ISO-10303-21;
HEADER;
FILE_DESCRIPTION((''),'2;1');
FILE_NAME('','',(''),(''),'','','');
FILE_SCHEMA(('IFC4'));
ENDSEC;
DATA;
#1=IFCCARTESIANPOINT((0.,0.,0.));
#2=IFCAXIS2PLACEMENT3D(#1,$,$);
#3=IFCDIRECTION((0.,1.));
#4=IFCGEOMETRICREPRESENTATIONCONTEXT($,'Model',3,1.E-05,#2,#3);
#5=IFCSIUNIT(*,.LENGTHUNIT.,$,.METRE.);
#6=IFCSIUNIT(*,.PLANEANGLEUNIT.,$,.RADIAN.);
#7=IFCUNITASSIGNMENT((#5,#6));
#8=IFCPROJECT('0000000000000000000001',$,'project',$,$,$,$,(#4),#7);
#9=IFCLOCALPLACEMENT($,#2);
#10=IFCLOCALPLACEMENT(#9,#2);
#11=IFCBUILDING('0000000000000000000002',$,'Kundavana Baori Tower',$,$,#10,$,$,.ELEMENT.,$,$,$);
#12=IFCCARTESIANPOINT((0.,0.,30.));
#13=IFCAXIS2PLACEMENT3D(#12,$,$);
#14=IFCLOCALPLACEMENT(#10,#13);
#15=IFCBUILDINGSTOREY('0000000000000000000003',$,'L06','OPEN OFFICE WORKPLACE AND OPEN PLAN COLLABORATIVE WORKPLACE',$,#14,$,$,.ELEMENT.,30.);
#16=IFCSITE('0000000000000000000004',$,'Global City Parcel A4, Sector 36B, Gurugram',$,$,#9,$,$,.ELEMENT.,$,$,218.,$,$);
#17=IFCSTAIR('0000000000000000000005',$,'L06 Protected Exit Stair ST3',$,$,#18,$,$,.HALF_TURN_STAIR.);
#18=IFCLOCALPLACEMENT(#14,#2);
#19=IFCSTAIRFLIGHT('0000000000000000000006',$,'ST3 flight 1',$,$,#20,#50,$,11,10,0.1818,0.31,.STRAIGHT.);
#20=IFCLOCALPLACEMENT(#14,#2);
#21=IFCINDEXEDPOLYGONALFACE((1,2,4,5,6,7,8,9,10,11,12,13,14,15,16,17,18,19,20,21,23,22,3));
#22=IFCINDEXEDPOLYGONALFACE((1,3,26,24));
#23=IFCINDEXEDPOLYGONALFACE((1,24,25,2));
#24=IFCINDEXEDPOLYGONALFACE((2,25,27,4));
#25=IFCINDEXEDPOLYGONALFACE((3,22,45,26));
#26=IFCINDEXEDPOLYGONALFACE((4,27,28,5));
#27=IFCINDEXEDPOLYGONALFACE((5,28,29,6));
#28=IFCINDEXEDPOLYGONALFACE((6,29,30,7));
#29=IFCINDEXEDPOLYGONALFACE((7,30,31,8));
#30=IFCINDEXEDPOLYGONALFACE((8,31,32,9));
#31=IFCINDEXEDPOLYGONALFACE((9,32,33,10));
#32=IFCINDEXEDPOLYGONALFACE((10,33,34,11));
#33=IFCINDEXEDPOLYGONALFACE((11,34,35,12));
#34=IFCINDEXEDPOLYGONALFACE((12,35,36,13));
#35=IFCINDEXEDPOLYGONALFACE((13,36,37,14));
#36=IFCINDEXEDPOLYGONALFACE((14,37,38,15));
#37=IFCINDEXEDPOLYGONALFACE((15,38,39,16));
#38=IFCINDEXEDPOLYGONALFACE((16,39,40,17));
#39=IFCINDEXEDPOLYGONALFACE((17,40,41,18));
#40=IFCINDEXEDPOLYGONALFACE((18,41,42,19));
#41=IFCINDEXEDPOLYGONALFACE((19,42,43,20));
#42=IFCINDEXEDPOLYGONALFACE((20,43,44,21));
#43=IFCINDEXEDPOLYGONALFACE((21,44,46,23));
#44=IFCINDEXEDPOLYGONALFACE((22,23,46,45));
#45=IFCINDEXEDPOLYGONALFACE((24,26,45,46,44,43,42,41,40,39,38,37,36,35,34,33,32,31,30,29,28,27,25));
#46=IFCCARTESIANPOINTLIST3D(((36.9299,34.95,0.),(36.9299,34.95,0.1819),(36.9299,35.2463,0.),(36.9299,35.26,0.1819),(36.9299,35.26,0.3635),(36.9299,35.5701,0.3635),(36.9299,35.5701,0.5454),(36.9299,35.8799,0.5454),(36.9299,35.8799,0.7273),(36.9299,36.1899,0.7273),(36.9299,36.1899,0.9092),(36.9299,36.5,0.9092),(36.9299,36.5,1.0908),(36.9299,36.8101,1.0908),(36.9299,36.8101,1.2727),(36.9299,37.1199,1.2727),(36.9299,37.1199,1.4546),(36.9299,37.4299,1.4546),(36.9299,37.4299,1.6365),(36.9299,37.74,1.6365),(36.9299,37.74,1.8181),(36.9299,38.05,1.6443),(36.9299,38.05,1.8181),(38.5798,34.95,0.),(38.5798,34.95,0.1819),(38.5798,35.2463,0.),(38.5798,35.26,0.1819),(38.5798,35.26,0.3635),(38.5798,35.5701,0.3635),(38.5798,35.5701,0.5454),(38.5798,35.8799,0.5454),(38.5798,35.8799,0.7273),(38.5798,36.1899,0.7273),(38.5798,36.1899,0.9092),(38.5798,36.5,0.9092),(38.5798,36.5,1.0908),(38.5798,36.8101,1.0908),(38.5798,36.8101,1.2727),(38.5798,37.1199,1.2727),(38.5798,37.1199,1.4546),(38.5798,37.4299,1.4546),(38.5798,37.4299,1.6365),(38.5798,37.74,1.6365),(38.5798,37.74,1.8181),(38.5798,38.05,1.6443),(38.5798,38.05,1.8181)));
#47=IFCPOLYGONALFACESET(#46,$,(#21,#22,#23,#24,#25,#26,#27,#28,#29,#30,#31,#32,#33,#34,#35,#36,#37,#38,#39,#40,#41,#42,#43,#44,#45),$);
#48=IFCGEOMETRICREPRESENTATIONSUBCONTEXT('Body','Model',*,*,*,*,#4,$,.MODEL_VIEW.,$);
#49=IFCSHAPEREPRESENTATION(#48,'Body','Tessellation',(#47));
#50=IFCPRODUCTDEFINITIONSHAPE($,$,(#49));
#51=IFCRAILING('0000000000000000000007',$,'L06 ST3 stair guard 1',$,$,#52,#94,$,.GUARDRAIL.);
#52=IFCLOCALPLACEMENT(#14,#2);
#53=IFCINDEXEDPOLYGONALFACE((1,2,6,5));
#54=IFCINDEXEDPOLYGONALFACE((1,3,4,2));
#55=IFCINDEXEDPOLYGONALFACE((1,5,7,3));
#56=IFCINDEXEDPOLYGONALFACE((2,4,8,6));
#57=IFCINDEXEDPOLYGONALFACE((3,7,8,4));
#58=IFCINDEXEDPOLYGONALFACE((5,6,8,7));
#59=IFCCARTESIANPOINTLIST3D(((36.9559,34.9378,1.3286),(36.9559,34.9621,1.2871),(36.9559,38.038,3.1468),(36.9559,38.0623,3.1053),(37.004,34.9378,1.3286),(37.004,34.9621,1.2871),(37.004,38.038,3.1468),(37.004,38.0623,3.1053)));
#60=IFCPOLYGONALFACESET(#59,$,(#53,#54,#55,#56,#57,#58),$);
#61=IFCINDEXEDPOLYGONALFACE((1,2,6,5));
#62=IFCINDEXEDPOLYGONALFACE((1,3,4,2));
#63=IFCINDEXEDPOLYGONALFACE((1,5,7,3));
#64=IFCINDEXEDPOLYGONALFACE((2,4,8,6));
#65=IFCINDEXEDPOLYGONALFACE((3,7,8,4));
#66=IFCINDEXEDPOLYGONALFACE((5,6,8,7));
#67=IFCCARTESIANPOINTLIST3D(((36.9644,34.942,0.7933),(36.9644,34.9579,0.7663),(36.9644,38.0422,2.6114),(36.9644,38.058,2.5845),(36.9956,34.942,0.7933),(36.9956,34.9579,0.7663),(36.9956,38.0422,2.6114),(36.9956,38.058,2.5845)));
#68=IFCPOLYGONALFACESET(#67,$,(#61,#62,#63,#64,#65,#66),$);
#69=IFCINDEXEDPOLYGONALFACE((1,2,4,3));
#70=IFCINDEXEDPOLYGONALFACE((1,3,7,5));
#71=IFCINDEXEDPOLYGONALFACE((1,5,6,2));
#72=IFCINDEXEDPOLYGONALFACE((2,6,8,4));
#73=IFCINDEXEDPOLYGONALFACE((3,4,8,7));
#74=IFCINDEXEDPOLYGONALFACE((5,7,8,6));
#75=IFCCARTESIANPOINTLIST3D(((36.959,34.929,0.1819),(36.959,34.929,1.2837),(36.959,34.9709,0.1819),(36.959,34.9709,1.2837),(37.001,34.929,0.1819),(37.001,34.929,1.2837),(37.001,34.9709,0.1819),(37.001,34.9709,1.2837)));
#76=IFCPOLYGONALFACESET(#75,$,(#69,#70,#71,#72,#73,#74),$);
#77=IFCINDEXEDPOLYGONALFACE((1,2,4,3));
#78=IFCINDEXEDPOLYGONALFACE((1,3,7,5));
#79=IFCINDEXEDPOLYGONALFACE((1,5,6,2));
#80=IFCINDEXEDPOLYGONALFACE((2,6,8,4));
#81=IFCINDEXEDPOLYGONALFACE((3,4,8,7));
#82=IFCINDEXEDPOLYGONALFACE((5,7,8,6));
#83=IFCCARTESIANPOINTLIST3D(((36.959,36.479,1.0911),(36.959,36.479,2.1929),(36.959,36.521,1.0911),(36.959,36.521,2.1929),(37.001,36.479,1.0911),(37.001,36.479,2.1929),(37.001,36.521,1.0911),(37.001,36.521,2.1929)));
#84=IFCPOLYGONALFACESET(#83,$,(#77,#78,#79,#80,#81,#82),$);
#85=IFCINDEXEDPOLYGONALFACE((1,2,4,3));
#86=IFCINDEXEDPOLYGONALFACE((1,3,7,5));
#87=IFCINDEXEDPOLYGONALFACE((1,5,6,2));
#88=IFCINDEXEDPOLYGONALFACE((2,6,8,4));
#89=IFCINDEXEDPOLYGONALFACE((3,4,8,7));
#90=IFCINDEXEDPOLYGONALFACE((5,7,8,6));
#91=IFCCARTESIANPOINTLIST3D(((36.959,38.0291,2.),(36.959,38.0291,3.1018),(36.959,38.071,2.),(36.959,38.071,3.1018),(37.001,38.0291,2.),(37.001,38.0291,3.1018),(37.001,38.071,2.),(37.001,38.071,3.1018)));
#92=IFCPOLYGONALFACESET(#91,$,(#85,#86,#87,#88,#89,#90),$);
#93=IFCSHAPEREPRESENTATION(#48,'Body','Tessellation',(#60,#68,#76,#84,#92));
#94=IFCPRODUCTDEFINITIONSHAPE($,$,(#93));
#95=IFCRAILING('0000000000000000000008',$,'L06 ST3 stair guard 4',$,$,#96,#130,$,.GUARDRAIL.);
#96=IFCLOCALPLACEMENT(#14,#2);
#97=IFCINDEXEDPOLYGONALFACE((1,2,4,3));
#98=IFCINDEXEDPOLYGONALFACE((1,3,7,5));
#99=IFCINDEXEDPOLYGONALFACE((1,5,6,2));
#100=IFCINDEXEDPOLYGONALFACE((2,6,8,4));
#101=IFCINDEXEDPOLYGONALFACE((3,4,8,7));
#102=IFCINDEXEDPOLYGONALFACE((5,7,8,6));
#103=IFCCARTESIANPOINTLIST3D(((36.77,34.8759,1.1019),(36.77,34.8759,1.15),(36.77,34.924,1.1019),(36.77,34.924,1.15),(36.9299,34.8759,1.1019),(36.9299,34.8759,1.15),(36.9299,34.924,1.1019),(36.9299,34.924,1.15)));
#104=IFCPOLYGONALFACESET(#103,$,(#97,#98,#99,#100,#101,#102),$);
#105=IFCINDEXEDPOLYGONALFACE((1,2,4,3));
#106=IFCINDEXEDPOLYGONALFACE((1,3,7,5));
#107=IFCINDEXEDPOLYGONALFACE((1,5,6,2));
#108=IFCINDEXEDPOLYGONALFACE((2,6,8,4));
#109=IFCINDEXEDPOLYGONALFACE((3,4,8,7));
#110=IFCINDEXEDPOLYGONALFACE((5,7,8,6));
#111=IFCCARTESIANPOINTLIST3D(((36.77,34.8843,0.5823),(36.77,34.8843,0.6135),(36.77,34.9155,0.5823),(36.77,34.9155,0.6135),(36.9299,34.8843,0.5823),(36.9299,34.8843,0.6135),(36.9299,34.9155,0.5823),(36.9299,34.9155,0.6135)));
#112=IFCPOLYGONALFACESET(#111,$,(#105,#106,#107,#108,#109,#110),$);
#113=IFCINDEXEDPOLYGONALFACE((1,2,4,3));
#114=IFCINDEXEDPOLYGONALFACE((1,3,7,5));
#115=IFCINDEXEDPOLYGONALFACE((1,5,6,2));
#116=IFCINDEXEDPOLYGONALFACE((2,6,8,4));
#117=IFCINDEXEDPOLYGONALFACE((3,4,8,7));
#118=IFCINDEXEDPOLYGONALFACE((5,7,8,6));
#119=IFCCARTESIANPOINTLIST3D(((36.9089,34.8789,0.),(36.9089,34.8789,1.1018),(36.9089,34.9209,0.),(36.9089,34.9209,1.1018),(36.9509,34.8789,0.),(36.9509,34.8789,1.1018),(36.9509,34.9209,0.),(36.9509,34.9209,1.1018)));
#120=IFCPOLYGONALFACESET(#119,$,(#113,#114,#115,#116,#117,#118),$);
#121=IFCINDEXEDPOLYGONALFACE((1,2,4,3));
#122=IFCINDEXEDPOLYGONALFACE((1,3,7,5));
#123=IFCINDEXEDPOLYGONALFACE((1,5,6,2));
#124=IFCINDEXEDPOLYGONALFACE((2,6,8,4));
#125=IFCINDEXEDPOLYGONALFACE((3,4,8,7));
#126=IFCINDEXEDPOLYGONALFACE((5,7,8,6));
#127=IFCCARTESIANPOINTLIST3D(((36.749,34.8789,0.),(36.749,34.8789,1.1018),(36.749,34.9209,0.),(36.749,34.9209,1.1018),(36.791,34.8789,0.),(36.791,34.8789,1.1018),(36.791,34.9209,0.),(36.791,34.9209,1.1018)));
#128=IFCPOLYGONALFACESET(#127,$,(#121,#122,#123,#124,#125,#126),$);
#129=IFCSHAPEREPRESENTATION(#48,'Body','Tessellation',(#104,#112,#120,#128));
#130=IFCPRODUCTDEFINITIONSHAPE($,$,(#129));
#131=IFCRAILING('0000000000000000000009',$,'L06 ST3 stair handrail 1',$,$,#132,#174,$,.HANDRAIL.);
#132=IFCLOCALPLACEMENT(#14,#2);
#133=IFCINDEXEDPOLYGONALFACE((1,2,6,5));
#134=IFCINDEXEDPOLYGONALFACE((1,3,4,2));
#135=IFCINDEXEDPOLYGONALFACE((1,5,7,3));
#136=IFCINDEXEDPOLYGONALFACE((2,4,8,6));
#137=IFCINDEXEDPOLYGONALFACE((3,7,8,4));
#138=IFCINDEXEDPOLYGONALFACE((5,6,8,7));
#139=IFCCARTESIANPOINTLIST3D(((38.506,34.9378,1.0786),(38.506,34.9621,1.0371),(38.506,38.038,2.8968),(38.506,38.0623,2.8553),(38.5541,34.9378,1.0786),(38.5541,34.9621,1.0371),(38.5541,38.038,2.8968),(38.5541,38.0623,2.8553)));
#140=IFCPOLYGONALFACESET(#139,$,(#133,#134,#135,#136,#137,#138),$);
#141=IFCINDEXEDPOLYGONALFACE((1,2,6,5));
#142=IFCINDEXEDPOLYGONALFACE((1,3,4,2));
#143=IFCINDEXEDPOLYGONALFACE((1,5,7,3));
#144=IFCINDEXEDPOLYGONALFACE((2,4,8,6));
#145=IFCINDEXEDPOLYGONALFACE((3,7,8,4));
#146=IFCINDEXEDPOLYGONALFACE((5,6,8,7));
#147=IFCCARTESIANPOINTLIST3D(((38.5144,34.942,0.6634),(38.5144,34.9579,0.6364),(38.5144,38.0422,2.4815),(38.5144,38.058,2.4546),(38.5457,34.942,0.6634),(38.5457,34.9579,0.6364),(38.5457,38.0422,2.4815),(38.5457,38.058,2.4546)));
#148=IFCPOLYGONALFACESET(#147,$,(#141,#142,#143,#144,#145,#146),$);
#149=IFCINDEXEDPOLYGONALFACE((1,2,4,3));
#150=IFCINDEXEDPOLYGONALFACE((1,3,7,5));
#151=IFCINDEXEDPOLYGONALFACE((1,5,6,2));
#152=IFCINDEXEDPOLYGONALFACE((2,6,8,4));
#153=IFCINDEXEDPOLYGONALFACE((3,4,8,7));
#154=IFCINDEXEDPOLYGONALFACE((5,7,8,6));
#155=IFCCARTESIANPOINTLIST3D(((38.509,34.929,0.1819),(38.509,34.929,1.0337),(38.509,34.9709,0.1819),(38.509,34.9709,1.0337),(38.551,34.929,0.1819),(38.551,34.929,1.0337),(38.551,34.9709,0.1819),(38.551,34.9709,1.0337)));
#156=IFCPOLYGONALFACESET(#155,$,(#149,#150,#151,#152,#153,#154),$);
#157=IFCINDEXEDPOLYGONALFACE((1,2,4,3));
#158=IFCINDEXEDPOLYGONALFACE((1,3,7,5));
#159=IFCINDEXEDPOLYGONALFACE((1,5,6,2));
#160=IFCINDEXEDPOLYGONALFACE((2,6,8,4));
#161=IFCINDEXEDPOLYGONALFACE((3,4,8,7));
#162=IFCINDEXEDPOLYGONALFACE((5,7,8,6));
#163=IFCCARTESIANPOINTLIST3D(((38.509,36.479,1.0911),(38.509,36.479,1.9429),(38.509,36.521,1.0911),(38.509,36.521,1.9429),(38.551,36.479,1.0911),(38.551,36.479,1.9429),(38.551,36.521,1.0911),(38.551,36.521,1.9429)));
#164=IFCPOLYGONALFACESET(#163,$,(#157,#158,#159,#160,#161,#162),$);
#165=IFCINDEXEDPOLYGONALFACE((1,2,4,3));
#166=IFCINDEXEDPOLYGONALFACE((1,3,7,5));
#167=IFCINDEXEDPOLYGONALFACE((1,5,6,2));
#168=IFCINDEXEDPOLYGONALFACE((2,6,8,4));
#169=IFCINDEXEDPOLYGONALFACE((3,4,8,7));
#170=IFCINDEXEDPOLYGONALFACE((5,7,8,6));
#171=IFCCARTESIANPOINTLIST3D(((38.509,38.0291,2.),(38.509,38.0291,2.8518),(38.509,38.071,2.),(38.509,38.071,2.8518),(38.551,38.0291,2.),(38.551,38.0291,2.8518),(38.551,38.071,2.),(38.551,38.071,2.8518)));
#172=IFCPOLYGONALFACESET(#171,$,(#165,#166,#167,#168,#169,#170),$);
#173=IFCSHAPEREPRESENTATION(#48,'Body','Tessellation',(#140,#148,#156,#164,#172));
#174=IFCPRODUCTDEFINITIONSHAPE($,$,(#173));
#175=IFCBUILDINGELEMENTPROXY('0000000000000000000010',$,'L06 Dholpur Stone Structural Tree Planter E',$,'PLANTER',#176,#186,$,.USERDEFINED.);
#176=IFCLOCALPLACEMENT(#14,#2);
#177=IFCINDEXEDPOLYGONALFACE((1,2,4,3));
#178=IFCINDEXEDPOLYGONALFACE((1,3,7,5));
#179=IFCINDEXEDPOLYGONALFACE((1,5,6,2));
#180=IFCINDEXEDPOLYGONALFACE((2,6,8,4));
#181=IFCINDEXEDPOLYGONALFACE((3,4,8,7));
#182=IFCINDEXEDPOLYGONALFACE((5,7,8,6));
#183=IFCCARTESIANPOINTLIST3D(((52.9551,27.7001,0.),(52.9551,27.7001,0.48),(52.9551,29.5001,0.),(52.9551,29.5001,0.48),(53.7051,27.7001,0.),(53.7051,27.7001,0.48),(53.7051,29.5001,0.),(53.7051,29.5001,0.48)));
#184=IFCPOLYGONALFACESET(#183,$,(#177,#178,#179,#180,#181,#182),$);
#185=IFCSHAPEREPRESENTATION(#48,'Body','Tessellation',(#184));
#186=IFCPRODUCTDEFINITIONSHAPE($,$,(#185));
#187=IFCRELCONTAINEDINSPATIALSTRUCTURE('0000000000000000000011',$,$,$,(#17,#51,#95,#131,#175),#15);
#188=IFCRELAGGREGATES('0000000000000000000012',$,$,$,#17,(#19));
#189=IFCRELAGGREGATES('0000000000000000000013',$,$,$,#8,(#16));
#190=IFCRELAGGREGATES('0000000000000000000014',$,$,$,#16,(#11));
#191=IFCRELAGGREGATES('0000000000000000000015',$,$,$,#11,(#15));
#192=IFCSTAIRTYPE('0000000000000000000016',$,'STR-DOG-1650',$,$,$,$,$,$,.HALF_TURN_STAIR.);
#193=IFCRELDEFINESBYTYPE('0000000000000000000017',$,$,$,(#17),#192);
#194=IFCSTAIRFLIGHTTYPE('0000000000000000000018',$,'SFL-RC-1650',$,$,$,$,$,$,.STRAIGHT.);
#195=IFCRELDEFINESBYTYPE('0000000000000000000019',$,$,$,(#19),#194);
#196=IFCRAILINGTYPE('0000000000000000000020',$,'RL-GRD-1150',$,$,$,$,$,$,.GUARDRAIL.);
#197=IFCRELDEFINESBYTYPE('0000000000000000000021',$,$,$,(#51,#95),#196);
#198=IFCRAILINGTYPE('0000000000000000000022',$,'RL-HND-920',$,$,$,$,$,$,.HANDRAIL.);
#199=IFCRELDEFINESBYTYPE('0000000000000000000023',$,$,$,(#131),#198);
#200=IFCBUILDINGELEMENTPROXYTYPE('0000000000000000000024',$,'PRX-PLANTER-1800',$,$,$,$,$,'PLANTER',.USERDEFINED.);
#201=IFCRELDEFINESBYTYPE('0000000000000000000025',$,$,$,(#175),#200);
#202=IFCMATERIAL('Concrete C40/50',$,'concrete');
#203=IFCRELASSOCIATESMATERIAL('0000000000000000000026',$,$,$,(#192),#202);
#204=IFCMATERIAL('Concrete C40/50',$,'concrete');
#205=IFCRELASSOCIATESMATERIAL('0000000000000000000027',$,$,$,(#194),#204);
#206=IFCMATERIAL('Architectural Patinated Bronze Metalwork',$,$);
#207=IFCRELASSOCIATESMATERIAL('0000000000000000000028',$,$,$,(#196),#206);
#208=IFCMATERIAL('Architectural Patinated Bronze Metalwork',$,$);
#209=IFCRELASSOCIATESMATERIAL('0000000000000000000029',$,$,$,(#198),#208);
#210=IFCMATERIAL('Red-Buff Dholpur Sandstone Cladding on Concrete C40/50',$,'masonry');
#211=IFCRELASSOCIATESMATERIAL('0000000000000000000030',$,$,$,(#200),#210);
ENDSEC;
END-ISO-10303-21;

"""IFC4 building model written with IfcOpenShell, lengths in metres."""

from ifc_helpers import new_model, si_unit, direction, frame, origin, origin_2d, place, context, subcontext, project, spatial, polyline, rectangle, outline, extrude, material, type_object, element, aggregate, save


model = new_model("IFC4")

# Units and contexts
model_context = context("Model", 3, precision=1e-05, world=origin(), true_north=direction((0.0, 1.0)))
body_context = subcontext(model_context, "Body", "Model", "MODEL_VIEW")
ifc_project = project(units=[si_unit("LENGTHUNIT", "METRE"), si_unit("PLANEANGLEUNIT", "RADIAN")], contexts=[model_context])

# Site, building, storey
site_placement = place(None, origin())
site = spatial("IfcSite", under=ifc_project, at=site_placement, Name="Global City Parcel A4, Sector 36B, Gurugram", CompositionType="ELEMENT", RefElevation=218.0)
building_placement = place(site_placement, origin())
building = spatial("IfcBuilding", under=site, at=building_placement, Name="Kundavana Baori Tower", CompositionType="ELEMENT")
storey_placement = place(building_placement, frame((0.0, 0.0, 30.0)))
storey = spatial("IfcBuildingStorey", under=building, at=storey_placement, Name="L06", Description="OPEN OFFICE WORKPLACE AND OPEN PLAN COLLABORATIVE WORKPLACE", CompositionType="ELEMENT", Elevation=30.0)

# Stair, stair flight
ifc_material_1 = material(Name="Concrete C40/50", Category="concrete")
stair_type = type_object("IfcStairType", Name="STR-DOG-1650", PredefinedType="HALF_TURN_STAIR", material=ifc_material_1)
stair_placement = place(storey_placement, origin())
stair = element("IfcStair", 1, at=stair_placement, inside=storey, type_object=stair_type, Name="L06 Protected Exit Stair ST3", PredefinedType="HALF_TURN_STAIR")
ifc_material_2 = material(Name="Concrete C40/50", Category="concrete")
stair_flight_type = type_object("IfcStairFlightType", Name="SFL-RC-1650", PredefinedType="STRAIGHT", material=ifc_material_2)
stair_flight_placement = place(storey_placement, frame((37.7549, 34.95, 0.0), z_axis=(0.0, 0.0, 1.0), x_axis=(0.0, 1.0, 0.0)))
stair_flight = element("IfcStairFlight", 2, at=stair_flight_placement, type_object=stair_flight_type, Name="ST3 flight 1", NumberOfRisers=11, NumberOfTreads=10, PredefinedType="STRAIGHT", RiserHeight=0.1818, TreadLength=0.31, context=body_context, shape_type="SweptSolid", body=[
    extrude(outline(polyline([(0.0, 0.0), (0.0, 0.1819), (0.3101, 0.1819), (0.3101, 0.3635), (0.6201, 0.3635), (0.6201, 0.5454), (0.9299, 0.5454), (0.9299, 0.7273), (1.24, 0.7273), (1.24, 0.9092), (1.55, 0.9092), (1.55, 1.0908), (1.8601, 1.0908), (1.8601, 1.2727), (2.1699, 1.2727), (2.1699, 1.4546), (2.48, 1.4546), (2.48, 1.6365), (2.79, 1.6365), (2.79, 1.8181), (3.1001, 1.8181), (3.1001, 2.0), (3.1001, 1.6443), (0.2964, 0.0), (0.0, 0.0)])), frame((0.0, 0.825, 0.0), z_axis=(0.0, -1.0, 0.0), x_axis=(1.0, 0.0, 0.0)), (0.0, 0.0, 1.0), 1.6499),
])
aggregate(stair, [stair_flight])

# Railings
ifc_material_3 = material(Name="Architectural Patinated Bronze Metalwork")
railing_type_1 = type_object("IfcRailingType", Name="RL-GRD-1150", PredefinedType="GUARDRAIL", material=ifc_material_3)
railing_1_placement = place(storey_placement, frame((36.98, 34.95, 0.1819)))
element("IfcRailing", 3, at=railing_1_placement, inside=storey, type_object=railing_type_1, Name="L06 ST3 stair guard 1", PredefinedType="GUARDRAIL", context=body_context, shape_type="SweptSolid", body=[
    extrude(rectangle(XDim=0.0481, YDim=0.0481, at=origin_2d()), frame((0.0, 0.0, 1.126), z_axis=(0.0, 0.862599, 0.505889), x_axis=(-1.0, 0.0, 0.0)), (0.0, 0.0, 1.0), 3.594),
    extrude(rectangle(XDim=0.0312, YDim=0.0312, at=origin_2d()), frame((0.0, 0.0, 0.5979), z_axis=(0.0, 0.862599, 0.505889), x_axis=(-1.0, 0.0, 0.0)), (0.0, 0.0, 1.0), 3.594),
    extrude(rectangle(XDim=0.042, YDim=0.042, at=origin_2d()), origin(), (0.0, 0.0, 1.0), 1.1018),
    extrude(rectangle(XDim=0.042, YDim=0.042, at=origin_2d()), frame((0.0, 1.55, 0.9092)), (0.0, 0.0, 1.0), 1.1018),
    extrude(rectangle(XDim=0.042, YDim=0.042, at=origin_2d()), frame((0.0, 3.1001, 1.8181)), (0.0, 0.0, 1.0), 1.1018),
])
railing_2_placement = place(storey_placement, frame((36.9299, 34.8999, 0.0)))
element("IfcRailing", 4, at=railing_2_placement, inside=storey, type_object=railing_type_1, Name="L06 ST3 stair guard 4", PredefinedType="GUARDRAIL", context=body_context, shape_type="SweptSolid", body=[
    extrude(rectangle(XDim=0.0481, YDim=0.0481, at=origin_2d()), frame((0.0, 0.0, 1.126), z_axis=(-1.0, 0.0, 0.0), x_axis=(0.0, -1.0, 0.0)), (0.0, 0.0, 1.0), 0.1599),
    extrude(rectangle(XDim=0.0312, YDim=0.0312, at=origin_2d()), frame((0.0, 0.0, 0.5979), z_axis=(-1.0, 0.0, 0.0), x_axis=(0.0, -1.0, 0.0)), (0.0, 0.0, 1.0), 0.1599),
    extrude(rectangle(XDim=0.042, YDim=0.042, at=origin_2d()), origin(), (0.0, 0.0, 1.0), 1.1018),
    extrude(rectangle(XDim=0.042, YDim=0.042, at=origin_2d()), frame((-0.1599, 0.0, 0.0)), (0.0, 0.0, 1.0), 1.1018),
])
ifc_material_4 = material(Name="Architectural Patinated Bronze Metalwork")
railing_type_2 = type_object("IfcRailingType", Name="RL-HND-920", PredefinedType="HANDRAIL", material=ifc_material_4)
railing_3_placement = place(storey_placement, frame((38.53, 34.95, 0.1819)))
element("IfcRailing", 5, at=railing_3_placement, inside=storey, type_object=railing_type_2, Name="L06 ST3 stair handrail 1", PredefinedType="HANDRAIL", context=body_context, shape_type="SweptSolid", body=[
    extrude(rectangle(XDim=0.0481, YDim=0.0481, at=origin_2d()), frame((0.0, 0.0, 0.876), z_axis=(0.0, 0.862599, 0.505889), x_axis=(-1.0, 0.0, 0.0)), (0.0, 0.0, 1.0), 3.594),
    extrude(rectangle(XDim=0.0312, YDim=0.0312, at=origin_2d()), frame((0.0, 0.0, 0.468), z_axis=(0.0, 0.862599, 0.505889), x_axis=(-1.0, 0.0, 0.0)), (0.0, 0.0, 1.0), 3.594),
    extrude(rectangle(XDim=0.042, YDim=0.042, at=origin_2d()), origin(), (0.0, 0.0, 1.0), 0.8518),
    extrude(rectangle(XDim=0.042, YDim=0.042, at=origin_2d()), frame((0.0, 1.55, 0.9092)), (0.0, 0.0, 1.0), 0.8518),
    extrude(rectangle(XDim=0.042, YDim=0.042, at=origin_2d()), frame((0.0, 3.1001, 1.8181)), (0.0, 0.0, 1.0), 0.8518),
])

# Building element proxy
ifc_material_5 = material(Name="Red-Buff Dholpur Sandstone Cladding on Concrete C40/50", Category="masonry")
building_element_proxy_type = type_object("IfcBuildingElementProxyType", Name="PRX-PLANTER-1800", ElementType="PLANTER", PredefinedType="USERDEFINED", material=ifc_material_5)
proxy_placement = place(storey_placement, frame((53.3301, 28.6001, 0.0), z_axis=(0.0, 0.0, 1.0), x_axis=(0.0, 1.0, 0.0)))
element("IfcBuildingElementProxy", 6, at=proxy_placement, inside=storey, type_object=building_element_proxy_type, Name="L06 Dholpur Stone Structural Tree Planter E", ObjectType="PLANTER", PredefinedType="USERDEFINED", context=body_context, shape_type="SweptSolid", body=[
    extrude(rectangle(XDim=1.8, YDim=0.75, at=origin_2d()), origin(), (0.0, 0.0, 1.0), 0.48),
])

save(model, "model.ifc")
